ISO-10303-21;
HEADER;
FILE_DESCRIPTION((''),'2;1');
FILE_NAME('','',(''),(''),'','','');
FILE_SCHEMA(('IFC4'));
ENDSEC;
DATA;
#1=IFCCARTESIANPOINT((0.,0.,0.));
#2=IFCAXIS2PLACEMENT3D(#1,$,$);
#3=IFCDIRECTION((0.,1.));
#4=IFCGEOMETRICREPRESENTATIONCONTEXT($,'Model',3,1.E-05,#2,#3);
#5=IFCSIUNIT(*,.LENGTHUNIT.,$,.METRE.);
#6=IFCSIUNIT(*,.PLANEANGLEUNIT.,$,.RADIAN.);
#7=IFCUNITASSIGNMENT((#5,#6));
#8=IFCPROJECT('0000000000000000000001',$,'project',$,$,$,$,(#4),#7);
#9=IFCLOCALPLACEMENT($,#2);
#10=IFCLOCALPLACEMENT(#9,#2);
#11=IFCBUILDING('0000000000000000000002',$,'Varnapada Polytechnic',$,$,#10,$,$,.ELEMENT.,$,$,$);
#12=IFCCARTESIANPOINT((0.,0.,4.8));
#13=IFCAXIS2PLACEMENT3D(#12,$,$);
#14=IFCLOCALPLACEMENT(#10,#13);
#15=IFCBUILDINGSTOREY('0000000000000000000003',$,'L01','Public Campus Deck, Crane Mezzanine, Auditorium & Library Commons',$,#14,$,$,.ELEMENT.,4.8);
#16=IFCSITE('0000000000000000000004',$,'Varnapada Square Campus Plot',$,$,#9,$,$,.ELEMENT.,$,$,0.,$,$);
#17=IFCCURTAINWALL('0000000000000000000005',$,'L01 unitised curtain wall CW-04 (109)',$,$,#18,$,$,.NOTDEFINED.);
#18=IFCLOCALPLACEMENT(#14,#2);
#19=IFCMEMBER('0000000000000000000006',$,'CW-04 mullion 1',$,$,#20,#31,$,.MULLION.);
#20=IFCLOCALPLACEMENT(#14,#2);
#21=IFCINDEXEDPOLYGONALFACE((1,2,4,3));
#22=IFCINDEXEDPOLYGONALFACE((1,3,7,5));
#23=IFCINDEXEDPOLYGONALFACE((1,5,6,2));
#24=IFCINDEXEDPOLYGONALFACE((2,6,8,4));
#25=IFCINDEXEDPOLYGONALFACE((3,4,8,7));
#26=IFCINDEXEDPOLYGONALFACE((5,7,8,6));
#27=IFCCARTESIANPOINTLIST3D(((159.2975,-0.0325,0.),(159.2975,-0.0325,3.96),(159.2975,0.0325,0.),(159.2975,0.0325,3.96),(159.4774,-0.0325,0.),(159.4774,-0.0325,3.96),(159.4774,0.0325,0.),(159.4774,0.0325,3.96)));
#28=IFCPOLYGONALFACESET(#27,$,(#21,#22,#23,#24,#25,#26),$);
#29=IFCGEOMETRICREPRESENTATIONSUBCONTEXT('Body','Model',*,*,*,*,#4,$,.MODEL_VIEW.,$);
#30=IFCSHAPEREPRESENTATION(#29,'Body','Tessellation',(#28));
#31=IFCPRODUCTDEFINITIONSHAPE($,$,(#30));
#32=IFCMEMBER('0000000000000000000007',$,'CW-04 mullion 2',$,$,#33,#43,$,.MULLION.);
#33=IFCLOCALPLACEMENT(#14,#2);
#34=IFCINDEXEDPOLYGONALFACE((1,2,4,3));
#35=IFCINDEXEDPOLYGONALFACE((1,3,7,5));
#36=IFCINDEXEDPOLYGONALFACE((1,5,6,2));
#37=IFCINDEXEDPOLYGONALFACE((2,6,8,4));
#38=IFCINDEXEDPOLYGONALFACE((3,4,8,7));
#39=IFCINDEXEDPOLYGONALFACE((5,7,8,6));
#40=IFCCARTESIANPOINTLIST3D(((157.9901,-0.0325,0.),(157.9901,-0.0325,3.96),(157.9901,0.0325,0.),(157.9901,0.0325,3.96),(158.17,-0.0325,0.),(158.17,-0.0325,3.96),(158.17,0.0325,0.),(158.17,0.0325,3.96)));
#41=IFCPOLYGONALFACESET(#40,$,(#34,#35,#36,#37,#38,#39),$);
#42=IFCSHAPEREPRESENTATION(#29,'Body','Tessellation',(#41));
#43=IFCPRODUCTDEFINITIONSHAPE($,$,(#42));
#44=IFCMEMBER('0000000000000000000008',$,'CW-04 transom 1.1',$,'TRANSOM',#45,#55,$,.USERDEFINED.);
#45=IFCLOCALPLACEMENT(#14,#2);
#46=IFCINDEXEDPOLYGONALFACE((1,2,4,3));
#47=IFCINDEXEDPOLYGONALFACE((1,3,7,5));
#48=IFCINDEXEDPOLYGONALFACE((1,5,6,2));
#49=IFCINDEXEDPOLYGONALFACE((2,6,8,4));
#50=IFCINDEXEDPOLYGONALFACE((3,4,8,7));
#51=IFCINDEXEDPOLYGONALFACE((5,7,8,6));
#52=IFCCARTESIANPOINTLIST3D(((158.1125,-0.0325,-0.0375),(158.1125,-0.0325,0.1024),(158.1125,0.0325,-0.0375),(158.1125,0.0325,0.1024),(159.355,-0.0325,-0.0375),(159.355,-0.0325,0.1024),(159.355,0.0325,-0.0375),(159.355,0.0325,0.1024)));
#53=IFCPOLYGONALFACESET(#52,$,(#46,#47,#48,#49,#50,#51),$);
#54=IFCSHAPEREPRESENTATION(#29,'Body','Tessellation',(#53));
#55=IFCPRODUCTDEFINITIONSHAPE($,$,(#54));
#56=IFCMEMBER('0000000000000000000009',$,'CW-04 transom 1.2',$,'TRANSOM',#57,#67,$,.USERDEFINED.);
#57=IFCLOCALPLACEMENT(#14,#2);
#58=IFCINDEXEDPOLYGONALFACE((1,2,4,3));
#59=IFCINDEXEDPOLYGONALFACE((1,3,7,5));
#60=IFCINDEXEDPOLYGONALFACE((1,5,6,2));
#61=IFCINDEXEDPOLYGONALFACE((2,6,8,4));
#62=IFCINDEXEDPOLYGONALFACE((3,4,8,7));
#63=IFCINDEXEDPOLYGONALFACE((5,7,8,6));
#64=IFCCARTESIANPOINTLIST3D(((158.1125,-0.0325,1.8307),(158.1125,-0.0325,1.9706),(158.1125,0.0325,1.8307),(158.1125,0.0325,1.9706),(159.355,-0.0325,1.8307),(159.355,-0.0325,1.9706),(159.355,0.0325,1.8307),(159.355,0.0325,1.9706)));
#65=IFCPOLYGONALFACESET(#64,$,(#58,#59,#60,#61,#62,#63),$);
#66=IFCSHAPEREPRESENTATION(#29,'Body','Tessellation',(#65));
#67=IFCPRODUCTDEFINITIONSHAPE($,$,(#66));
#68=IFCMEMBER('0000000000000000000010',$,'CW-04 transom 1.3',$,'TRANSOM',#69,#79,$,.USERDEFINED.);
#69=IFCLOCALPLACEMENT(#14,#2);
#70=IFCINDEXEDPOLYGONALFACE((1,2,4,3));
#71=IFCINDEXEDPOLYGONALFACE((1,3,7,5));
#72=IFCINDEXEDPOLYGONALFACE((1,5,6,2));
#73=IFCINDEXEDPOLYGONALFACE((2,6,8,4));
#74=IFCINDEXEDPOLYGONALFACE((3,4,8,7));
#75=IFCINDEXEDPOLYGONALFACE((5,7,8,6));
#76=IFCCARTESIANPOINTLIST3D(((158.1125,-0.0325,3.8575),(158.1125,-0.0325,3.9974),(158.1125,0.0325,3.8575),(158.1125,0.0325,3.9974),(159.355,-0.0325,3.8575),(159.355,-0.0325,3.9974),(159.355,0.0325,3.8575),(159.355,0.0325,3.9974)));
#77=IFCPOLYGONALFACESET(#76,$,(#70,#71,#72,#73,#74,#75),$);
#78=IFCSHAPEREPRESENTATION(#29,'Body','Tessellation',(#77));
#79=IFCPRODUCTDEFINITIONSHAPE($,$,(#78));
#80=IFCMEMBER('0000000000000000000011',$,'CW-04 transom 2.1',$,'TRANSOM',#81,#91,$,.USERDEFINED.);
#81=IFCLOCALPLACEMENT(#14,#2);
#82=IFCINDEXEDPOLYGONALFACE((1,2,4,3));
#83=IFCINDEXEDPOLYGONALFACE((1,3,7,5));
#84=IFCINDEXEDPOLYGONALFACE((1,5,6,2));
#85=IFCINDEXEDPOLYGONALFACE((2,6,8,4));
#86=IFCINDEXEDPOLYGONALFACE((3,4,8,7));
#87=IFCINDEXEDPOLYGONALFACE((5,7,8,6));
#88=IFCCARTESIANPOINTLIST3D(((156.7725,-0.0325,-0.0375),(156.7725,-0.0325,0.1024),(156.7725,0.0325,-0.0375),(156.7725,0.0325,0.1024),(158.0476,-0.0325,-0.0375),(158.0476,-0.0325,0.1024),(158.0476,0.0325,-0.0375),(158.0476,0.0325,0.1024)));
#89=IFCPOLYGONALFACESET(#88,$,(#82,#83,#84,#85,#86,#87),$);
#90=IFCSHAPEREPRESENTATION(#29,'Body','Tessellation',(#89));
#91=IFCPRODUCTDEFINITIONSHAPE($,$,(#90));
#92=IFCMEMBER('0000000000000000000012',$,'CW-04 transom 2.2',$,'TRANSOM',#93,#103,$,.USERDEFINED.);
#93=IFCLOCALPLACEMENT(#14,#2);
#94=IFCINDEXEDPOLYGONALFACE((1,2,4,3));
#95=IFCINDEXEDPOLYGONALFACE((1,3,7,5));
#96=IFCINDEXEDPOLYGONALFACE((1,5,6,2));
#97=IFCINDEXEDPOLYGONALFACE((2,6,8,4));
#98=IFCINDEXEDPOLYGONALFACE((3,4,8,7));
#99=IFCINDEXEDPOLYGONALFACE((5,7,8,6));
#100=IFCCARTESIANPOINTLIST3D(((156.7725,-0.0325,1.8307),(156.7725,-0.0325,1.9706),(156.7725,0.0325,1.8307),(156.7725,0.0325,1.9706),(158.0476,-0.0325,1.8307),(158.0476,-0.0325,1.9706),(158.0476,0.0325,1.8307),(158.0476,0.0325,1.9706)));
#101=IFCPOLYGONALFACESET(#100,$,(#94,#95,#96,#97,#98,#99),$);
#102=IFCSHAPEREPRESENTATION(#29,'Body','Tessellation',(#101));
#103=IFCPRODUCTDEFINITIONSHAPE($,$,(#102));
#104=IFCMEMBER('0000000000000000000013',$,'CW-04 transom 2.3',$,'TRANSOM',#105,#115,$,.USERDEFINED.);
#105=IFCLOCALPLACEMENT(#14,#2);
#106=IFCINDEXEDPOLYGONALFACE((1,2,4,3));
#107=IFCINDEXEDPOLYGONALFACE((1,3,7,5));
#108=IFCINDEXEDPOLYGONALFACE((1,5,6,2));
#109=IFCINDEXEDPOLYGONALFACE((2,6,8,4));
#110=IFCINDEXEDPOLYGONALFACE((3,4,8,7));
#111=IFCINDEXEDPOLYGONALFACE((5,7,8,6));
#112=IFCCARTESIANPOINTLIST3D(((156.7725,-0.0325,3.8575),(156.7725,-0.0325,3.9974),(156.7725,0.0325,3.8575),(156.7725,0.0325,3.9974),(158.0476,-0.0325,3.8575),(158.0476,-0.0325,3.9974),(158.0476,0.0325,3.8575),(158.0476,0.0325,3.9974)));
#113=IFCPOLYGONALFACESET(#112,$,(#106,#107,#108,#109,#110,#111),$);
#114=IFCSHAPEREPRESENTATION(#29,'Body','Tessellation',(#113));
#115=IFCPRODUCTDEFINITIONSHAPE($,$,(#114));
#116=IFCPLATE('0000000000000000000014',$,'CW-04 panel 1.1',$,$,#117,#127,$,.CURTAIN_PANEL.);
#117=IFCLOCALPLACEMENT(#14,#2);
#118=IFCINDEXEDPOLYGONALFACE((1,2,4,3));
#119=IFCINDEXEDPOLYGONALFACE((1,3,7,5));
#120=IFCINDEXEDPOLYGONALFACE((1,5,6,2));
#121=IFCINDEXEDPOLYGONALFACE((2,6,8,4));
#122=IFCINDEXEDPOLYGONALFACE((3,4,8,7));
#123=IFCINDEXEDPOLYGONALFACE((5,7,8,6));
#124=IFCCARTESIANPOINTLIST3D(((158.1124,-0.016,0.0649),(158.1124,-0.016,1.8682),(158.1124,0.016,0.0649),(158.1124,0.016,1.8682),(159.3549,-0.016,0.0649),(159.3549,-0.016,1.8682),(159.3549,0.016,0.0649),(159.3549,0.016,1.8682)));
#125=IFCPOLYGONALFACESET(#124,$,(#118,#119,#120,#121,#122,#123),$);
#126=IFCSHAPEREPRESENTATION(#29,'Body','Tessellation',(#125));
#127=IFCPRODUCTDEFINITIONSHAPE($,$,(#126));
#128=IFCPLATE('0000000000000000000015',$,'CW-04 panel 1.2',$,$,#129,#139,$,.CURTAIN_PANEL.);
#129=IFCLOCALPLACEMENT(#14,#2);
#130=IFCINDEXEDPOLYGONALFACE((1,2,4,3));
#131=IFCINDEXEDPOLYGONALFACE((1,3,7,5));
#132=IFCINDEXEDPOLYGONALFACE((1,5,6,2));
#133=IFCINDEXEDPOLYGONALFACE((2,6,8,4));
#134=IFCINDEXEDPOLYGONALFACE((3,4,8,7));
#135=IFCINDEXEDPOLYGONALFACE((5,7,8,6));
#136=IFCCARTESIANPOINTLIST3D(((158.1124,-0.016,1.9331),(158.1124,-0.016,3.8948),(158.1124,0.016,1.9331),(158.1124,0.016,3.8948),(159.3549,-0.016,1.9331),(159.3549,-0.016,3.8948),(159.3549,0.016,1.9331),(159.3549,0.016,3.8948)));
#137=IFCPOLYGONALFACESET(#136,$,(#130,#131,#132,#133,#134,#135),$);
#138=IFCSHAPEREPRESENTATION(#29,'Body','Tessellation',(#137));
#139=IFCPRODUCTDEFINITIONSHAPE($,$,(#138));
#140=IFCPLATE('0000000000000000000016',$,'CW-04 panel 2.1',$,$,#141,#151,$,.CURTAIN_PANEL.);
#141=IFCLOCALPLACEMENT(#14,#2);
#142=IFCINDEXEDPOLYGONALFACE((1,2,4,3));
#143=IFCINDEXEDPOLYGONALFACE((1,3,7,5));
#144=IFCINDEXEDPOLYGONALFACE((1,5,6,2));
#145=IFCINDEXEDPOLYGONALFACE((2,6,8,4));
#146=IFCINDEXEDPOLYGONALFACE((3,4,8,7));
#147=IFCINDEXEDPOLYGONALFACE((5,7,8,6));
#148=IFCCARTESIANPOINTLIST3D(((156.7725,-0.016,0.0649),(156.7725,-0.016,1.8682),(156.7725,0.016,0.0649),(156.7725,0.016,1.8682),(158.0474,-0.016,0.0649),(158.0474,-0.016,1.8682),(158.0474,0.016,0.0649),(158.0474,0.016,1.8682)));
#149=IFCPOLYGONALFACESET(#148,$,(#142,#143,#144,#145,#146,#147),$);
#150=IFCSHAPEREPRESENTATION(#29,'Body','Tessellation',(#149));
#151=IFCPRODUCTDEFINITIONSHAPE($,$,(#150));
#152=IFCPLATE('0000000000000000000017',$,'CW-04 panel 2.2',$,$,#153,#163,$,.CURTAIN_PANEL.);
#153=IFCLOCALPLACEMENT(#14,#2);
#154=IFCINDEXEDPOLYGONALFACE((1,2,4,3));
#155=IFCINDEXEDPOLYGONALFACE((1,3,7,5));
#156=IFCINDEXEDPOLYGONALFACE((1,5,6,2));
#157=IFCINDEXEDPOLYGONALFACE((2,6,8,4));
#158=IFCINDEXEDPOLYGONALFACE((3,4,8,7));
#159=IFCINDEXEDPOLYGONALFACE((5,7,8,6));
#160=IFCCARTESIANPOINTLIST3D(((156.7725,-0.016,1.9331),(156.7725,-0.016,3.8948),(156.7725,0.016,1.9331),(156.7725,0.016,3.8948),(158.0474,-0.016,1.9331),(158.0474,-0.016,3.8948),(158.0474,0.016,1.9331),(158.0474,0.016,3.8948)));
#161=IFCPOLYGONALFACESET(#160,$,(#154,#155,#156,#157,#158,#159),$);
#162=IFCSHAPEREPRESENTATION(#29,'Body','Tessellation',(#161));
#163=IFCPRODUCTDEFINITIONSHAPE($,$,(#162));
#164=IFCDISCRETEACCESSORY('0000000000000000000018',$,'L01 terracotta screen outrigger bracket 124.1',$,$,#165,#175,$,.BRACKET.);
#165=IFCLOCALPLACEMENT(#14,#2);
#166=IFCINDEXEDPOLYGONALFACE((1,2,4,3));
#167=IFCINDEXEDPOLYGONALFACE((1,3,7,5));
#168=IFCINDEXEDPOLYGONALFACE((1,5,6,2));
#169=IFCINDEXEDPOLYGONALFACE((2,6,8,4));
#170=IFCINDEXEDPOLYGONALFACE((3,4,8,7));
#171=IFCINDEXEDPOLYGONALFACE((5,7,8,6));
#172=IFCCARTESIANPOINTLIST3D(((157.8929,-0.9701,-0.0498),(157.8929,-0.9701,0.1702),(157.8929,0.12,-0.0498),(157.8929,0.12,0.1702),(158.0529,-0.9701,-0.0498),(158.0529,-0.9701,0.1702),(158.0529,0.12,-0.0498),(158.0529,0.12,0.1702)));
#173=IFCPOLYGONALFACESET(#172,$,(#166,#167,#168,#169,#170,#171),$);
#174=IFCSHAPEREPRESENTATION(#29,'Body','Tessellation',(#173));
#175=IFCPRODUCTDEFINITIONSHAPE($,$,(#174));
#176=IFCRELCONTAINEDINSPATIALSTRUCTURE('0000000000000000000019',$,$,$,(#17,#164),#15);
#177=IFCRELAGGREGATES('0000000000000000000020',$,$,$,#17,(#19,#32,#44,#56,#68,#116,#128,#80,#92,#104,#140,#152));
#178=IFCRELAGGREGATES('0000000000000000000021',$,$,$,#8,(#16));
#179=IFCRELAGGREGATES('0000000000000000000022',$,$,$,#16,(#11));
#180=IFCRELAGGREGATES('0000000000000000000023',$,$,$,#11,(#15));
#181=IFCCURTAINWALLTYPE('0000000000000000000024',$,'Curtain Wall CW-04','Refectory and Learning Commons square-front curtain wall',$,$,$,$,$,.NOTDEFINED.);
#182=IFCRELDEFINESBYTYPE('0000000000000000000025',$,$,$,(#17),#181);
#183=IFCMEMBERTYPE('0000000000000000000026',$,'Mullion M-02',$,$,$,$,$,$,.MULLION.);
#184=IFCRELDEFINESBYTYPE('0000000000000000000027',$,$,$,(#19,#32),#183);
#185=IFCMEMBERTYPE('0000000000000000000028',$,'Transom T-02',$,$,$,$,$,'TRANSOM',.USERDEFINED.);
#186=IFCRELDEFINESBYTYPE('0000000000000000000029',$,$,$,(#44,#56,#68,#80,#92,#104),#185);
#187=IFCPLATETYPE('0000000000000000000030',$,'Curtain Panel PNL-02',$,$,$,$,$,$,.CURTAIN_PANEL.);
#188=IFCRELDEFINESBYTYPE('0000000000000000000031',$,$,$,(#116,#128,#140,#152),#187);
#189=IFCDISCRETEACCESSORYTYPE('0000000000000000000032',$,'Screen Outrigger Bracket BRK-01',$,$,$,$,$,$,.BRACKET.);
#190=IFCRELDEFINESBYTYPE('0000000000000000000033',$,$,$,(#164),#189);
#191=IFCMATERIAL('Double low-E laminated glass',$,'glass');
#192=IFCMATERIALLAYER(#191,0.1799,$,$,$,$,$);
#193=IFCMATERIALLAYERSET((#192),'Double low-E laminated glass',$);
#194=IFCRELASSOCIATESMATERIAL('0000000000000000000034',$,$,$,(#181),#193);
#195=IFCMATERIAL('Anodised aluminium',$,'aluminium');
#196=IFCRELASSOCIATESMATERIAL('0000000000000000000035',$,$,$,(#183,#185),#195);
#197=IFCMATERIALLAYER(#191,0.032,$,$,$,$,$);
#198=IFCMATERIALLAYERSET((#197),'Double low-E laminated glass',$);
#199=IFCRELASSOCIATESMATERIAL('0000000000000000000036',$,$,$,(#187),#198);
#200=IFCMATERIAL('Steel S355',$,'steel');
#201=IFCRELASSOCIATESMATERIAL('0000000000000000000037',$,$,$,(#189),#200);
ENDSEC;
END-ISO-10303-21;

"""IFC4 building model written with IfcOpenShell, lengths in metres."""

from ifc_helpers import new_model, si_unit, direction, frame, origin, origin_2d, place, context, subcontext, project, spatial, rectangle, extrude, material, layer, layer_set, material_profile, profile_set, type_object, element, aggregate, save


model = new_model("IFC4")

# Units and contexts
model_context = context("Model", 3, precision=1e-05, world=origin(), true_north=direction((0.0, 1.0)))
body_context = subcontext(model_context, "Body", "Model", "MODEL_VIEW")
ifc_project = project(units=[si_unit("LENGTHUNIT", "METRE"), si_unit("PLANEANGLEUNIT", "RADIAN")], contexts=[model_context])

# Site, building, storey
site_placement = place(None, origin())
site = spatial("IfcSite", under=ifc_project, at=site_placement, Name="Varnapada Square Campus Plot", CompositionType="ELEMENT", RefElevation=0.0)
building_placement = place(site_placement, origin())
building = spatial("IfcBuilding", under=site, at=building_placement, Name="Varnapada Polytechnic", CompositionType="ELEMENT")
storey_placement = place(building_placement, frame((0.0, 0.0, 4.8)))
storey = spatial("IfcBuildingStorey", under=building, at=storey_placement, Name="L01", Description="Public Campus Deck, Crane Mezzanine, Auditorium & Library Commons", CompositionType="ELEMENT", Elevation=4.8)

# Curtain wall, members, plates
ifc_material_1 = material(Name="Double low-E laminated glass", Category="glass")
ifc_layer_1 = layer(ifc_material_1, 0.1799)
ifc_layer_set_1 = layer_set([ifc_layer_1], Name="Double low-E laminated glass")
curtain_wall_type = type_object("IfcCurtainWallType", Name="Curtain Wall CW-04", Description="Refectory and Learning Commons square-front curtain wall", PredefinedType="NOTDEFINED", material=ifc_layer_set_1)
curtain_wall_placement = place(storey_placement, origin())
curtain_wall = element("IfcCurtainWall", 1, at=curtain_wall_placement, inside=storey, type_object=curtain_wall_type, Name="L01 unitised curtain wall CW-04 (109)", PredefinedType="NOTDEFINED")
ifc_material_2 = material(Name="Anodised aluminium", Category="aluminium")
ifc_material_profile_1 = material_profile(ifc_material_2, rectangle(XDim=0.0649, YDim=0.1799, at=origin_2d()), Name="ALU M65x180")
ifc_profile_set_1 = profile_set([ifc_material_profile_1], Name="Anodised aluminium")
member_type_1 = type_object("IfcMemberType", Name="Mullion M-02", PredefinedType="MULLION", material=ifc_profile_set_1)
member_1_placement = place(storey_placement, frame((159.3875, 0.0, 0.0), z_axis=(0.0, 0.0, 1.0), x_axis=(0.0, -1.0, 0.0)))
member_1 = element("IfcMember", 2, at=member_1_placement, type_object=member_type_1, Name="CW-04 mullion 1", PredefinedType="MULLION", context=body_context, shape_type="SweptSolid", body=[
    extrude(rectangle(XDim=0.0649, YDim=0.1799, at=origin_2d()), origin(), (0.0, 0.0, 1.0), 3.96),
])
member_2_placement = place(storey_placement, frame((158.0801, 0.0, 0.0), z_axis=(0.0, 0.0, 1.0), x_axis=(0.0, -1.0, 0.0)))
member_2 = element("IfcMember", 3, at=member_2_placement, type_object=member_type_1, Name="CW-04 mullion 2", PredefinedType="MULLION", context=body_context, shape_type="SweptSolid", body=[
    extrude(rectangle(XDim=0.0649, YDim=0.1799, at=origin_2d()), origin(), (0.0, 0.0, 1.0), 3.96),
])
ifc_material_profile_2 = material_profile(ifc_material_2, rectangle(XDim=0.0649, YDim=0.1399, at=origin_2d()), Name="ALU T65x140")
ifc_profile_set_2 = profile_set([ifc_material_profile_2], Name="Anodised aluminium")
member_type_2 = type_object("IfcMemberType", Name="Transom T-02", ElementType="TRANSOM", PredefinedType="USERDEFINED", material=ifc_profile_set_2)
member_3_placement = place(storey_placement, frame((159.355, 0.0, 0.0325), z_axis=(-1.0, 0.0, 0.0), x_axis=(0.0, -1.0, 0.0)))
member_3 = element("IfcMember", 4, at=member_3_placement, type_object=member_type_2, Name="CW-04 transom 1.1", ObjectType="TRANSOM", PredefinedType="USERDEFINED", context=body_context, shape_type="SweptSolid", body=[
    extrude(rectangle(XDim=0.0649, YDim=0.1399, at=origin_2d()), origin(), (0.0, 0.0, 1.0), 1.2424),
])
member_4_placement = place(storey_placement, frame((159.355, 0.0, 1.9006), z_axis=(-1.0, 0.0, 0.0), x_axis=(0.0, -1.0, 0.0)))
member_4 = element("IfcMember", 5, at=member_4_placement, type_object=member_type_2, Name="CW-04 transom 1.2", ObjectType="TRANSOM", PredefinedType="USERDEFINED", context=body_context, shape_type="SweptSolid", body=[
    extrude(rectangle(XDim=0.0649, YDim=0.1399, at=origin_2d()), origin(), (0.0, 0.0, 1.0), 1.2424),
])
member_5_placement = place(storey_placement, frame((159.355, 0.0, 3.9275), z_axis=(-1.0, 0.0, 0.0), x_axis=(0.0, -1.0, 0.0)))
member_5 = element("IfcMember", 6, at=member_5_placement, type_object=member_type_2, Name="CW-04 transom 1.3", ObjectType="TRANSOM", PredefinedType="USERDEFINED", context=body_context, shape_type="SweptSolid", body=[
    extrude(rectangle(XDim=0.0649, YDim=0.1399, at=origin_2d()), origin(), (0.0, 0.0, 1.0), 1.2424),
])
member_6_placement = place(storey_placement, frame((158.0476, 0.0, 0.0325), z_axis=(-1.0, 0.0, 0.0), x_axis=(0.0, -1.0, 0.0)))
member_6 = element("IfcMember", 7, at=member_6_placement, type_object=member_type_2, Name="CW-04 transom 2.1", ObjectType="TRANSOM", PredefinedType="USERDEFINED", context=body_context, shape_type="SweptSolid", body=[
    extrude(rectangle(XDim=0.0649, YDim=0.1399, at=origin_2d()), origin(), (0.0, 0.0, 1.0), 1.2751),
])
member_7_placement = place(storey_placement, frame((158.0476, 0.0, 1.9006), z_axis=(-1.0, 0.0, 0.0), x_axis=(0.0, -1.0, 0.0)))
member_7 = element("IfcMember", 8, at=member_7_placement, type_object=member_type_2, Name="CW-04 transom 2.2", ObjectType="TRANSOM", PredefinedType="USERDEFINED", context=body_context, shape_type="SweptSolid", body=[
    extrude(rectangle(XDim=0.0649, YDim=0.1399, at=origin_2d()), origin(), (0.0, 0.0, 1.0), 1.2751),
])
member_8_placement = place(storey_placement, frame((158.0476, 0.0, 3.9275), z_axis=(-1.0, 0.0, 0.0), x_axis=(0.0, -1.0, 0.0)))
member_8 = element("IfcMember", 9, at=member_8_placement, type_object=member_type_2, Name="CW-04 transom 2.3", ObjectType="TRANSOM", PredefinedType="USERDEFINED", context=body_context, shape_type="SweptSolid", body=[
    extrude(rectangle(XDim=0.0649, YDim=0.1399, at=origin_2d()), origin(), (0.0, 0.0, 1.0), 1.2751),
])
ifc_layer_2 = layer(ifc_material_1, 0.032)
ifc_layer_set_2 = layer_set([ifc_layer_2], Name="Double low-E laminated glass")
plate_type = type_object("IfcPlateType", Name="Curtain Panel PNL-02", PredefinedType="CURTAIN_PANEL", material=ifc_layer_set_2)
plate_1_placement = place(storey_placement, frame((158.7336, 0.0, 0.0649), z_axis=(0.0, 0.0, 1.0), x_axis=(-1.0, 0.0, 0.0)))
plate_1 = element("IfcPlate", 10, at=plate_1_placement, type_object=plate_type, Name="CW-04 panel 1.1", PredefinedType="CURTAIN_PANEL", context=body_context, shape_type="SweptSolid", body=[
    extrude(rectangle(XDim=1.2424, YDim=0.032, at=origin_2d()), origin(), (0.0, 0.0, 1.0), 1.8032),
])
plate_2_placement = place(storey_placement, frame((158.7336, 0.0, 1.9331), z_axis=(0.0, 0.0, 1.0), x_axis=(-1.0, 0.0, 0.0)))
plate_2 = element("IfcPlate", 11, at=plate_2_placement, type_object=plate_type, Name="CW-04 panel 1.2", PredefinedType="CURTAIN_PANEL", context=body_context, shape_type="SweptSolid", body=[
    extrude(rectangle(XDim=1.2424, YDim=0.032, at=origin_2d()), origin(), (0.0, 0.0, 1.0), 1.9617),
])
plate_3_placement = place(storey_placement, frame((157.4099, 0.0, 0.0649), z_axis=(0.0, 0.0, 1.0), x_axis=(-1.0, 0.0, 0.0)))
plate_3 = element("IfcPlate", 12, at=plate_3_placement, type_object=plate_type, Name="CW-04 panel 2.1", PredefinedType="CURTAIN_PANEL", context=body_context, shape_type="SweptSolid", body=[
    extrude(rectangle(XDim=1.2749, YDim=0.032, at=origin_2d()), origin(), (0.0, 0.0, 1.0), 1.8032),
])
plate_4_placement = place(storey_placement, frame((157.4099, 0.0, 1.9331), z_axis=(0.0, 0.0, 1.0), x_axis=(-1.0, 0.0, 0.0)))
plate_4 = element("IfcPlate", 13, at=plate_4_placement, type_object=plate_type, Name="CW-04 panel 2.2", PredefinedType="CURTAIN_PANEL", context=body_context, shape_type="SweptSolid", body=[
    extrude(rectangle(XDim=1.2749, YDim=0.032, at=origin_2d()), origin(), (0.0, 0.0, 1.0), 1.9617),
])
aggregate(curtain_wall, [member_1, member_2, member_3, member_4, member_5, plate_1, plate_2, member_6, member_7, member_8, plate_3, plate_4])

# Discrete accessory
ifc_material_3 = material(Name="Steel S355", Category="steel")
discrete_accessory_type = type_object("IfcDiscreteAccessoryType", Name="Screen Outrigger Bracket BRK-01", PredefinedType="BRACKET", material=ifc_material_3)
discrete_accessory_placement = place(storey_placement, frame((157.9729, -0.425, -0.0498), z_axis=(0.0, 0.0, 1.0), x_axis=(-1.0, 0.0, 0.0)))
element("IfcDiscreteAccessory", 14, at=discrete_accessory_placement, inside=storey, type_object=discrete_accessory_type, Name="L01 terracotta screen outrigger bracket 124.1", PredefinedType="BRACKET", context=body_context, shape_type="SweptSolid", body=[
    extrude(rectangle(XDim=0.1599, YDim=1.0901, at=origin_2d()), origin(), (0.0, 0.0, 1.0), 0.22),
])

save(model, "model.ifc")
